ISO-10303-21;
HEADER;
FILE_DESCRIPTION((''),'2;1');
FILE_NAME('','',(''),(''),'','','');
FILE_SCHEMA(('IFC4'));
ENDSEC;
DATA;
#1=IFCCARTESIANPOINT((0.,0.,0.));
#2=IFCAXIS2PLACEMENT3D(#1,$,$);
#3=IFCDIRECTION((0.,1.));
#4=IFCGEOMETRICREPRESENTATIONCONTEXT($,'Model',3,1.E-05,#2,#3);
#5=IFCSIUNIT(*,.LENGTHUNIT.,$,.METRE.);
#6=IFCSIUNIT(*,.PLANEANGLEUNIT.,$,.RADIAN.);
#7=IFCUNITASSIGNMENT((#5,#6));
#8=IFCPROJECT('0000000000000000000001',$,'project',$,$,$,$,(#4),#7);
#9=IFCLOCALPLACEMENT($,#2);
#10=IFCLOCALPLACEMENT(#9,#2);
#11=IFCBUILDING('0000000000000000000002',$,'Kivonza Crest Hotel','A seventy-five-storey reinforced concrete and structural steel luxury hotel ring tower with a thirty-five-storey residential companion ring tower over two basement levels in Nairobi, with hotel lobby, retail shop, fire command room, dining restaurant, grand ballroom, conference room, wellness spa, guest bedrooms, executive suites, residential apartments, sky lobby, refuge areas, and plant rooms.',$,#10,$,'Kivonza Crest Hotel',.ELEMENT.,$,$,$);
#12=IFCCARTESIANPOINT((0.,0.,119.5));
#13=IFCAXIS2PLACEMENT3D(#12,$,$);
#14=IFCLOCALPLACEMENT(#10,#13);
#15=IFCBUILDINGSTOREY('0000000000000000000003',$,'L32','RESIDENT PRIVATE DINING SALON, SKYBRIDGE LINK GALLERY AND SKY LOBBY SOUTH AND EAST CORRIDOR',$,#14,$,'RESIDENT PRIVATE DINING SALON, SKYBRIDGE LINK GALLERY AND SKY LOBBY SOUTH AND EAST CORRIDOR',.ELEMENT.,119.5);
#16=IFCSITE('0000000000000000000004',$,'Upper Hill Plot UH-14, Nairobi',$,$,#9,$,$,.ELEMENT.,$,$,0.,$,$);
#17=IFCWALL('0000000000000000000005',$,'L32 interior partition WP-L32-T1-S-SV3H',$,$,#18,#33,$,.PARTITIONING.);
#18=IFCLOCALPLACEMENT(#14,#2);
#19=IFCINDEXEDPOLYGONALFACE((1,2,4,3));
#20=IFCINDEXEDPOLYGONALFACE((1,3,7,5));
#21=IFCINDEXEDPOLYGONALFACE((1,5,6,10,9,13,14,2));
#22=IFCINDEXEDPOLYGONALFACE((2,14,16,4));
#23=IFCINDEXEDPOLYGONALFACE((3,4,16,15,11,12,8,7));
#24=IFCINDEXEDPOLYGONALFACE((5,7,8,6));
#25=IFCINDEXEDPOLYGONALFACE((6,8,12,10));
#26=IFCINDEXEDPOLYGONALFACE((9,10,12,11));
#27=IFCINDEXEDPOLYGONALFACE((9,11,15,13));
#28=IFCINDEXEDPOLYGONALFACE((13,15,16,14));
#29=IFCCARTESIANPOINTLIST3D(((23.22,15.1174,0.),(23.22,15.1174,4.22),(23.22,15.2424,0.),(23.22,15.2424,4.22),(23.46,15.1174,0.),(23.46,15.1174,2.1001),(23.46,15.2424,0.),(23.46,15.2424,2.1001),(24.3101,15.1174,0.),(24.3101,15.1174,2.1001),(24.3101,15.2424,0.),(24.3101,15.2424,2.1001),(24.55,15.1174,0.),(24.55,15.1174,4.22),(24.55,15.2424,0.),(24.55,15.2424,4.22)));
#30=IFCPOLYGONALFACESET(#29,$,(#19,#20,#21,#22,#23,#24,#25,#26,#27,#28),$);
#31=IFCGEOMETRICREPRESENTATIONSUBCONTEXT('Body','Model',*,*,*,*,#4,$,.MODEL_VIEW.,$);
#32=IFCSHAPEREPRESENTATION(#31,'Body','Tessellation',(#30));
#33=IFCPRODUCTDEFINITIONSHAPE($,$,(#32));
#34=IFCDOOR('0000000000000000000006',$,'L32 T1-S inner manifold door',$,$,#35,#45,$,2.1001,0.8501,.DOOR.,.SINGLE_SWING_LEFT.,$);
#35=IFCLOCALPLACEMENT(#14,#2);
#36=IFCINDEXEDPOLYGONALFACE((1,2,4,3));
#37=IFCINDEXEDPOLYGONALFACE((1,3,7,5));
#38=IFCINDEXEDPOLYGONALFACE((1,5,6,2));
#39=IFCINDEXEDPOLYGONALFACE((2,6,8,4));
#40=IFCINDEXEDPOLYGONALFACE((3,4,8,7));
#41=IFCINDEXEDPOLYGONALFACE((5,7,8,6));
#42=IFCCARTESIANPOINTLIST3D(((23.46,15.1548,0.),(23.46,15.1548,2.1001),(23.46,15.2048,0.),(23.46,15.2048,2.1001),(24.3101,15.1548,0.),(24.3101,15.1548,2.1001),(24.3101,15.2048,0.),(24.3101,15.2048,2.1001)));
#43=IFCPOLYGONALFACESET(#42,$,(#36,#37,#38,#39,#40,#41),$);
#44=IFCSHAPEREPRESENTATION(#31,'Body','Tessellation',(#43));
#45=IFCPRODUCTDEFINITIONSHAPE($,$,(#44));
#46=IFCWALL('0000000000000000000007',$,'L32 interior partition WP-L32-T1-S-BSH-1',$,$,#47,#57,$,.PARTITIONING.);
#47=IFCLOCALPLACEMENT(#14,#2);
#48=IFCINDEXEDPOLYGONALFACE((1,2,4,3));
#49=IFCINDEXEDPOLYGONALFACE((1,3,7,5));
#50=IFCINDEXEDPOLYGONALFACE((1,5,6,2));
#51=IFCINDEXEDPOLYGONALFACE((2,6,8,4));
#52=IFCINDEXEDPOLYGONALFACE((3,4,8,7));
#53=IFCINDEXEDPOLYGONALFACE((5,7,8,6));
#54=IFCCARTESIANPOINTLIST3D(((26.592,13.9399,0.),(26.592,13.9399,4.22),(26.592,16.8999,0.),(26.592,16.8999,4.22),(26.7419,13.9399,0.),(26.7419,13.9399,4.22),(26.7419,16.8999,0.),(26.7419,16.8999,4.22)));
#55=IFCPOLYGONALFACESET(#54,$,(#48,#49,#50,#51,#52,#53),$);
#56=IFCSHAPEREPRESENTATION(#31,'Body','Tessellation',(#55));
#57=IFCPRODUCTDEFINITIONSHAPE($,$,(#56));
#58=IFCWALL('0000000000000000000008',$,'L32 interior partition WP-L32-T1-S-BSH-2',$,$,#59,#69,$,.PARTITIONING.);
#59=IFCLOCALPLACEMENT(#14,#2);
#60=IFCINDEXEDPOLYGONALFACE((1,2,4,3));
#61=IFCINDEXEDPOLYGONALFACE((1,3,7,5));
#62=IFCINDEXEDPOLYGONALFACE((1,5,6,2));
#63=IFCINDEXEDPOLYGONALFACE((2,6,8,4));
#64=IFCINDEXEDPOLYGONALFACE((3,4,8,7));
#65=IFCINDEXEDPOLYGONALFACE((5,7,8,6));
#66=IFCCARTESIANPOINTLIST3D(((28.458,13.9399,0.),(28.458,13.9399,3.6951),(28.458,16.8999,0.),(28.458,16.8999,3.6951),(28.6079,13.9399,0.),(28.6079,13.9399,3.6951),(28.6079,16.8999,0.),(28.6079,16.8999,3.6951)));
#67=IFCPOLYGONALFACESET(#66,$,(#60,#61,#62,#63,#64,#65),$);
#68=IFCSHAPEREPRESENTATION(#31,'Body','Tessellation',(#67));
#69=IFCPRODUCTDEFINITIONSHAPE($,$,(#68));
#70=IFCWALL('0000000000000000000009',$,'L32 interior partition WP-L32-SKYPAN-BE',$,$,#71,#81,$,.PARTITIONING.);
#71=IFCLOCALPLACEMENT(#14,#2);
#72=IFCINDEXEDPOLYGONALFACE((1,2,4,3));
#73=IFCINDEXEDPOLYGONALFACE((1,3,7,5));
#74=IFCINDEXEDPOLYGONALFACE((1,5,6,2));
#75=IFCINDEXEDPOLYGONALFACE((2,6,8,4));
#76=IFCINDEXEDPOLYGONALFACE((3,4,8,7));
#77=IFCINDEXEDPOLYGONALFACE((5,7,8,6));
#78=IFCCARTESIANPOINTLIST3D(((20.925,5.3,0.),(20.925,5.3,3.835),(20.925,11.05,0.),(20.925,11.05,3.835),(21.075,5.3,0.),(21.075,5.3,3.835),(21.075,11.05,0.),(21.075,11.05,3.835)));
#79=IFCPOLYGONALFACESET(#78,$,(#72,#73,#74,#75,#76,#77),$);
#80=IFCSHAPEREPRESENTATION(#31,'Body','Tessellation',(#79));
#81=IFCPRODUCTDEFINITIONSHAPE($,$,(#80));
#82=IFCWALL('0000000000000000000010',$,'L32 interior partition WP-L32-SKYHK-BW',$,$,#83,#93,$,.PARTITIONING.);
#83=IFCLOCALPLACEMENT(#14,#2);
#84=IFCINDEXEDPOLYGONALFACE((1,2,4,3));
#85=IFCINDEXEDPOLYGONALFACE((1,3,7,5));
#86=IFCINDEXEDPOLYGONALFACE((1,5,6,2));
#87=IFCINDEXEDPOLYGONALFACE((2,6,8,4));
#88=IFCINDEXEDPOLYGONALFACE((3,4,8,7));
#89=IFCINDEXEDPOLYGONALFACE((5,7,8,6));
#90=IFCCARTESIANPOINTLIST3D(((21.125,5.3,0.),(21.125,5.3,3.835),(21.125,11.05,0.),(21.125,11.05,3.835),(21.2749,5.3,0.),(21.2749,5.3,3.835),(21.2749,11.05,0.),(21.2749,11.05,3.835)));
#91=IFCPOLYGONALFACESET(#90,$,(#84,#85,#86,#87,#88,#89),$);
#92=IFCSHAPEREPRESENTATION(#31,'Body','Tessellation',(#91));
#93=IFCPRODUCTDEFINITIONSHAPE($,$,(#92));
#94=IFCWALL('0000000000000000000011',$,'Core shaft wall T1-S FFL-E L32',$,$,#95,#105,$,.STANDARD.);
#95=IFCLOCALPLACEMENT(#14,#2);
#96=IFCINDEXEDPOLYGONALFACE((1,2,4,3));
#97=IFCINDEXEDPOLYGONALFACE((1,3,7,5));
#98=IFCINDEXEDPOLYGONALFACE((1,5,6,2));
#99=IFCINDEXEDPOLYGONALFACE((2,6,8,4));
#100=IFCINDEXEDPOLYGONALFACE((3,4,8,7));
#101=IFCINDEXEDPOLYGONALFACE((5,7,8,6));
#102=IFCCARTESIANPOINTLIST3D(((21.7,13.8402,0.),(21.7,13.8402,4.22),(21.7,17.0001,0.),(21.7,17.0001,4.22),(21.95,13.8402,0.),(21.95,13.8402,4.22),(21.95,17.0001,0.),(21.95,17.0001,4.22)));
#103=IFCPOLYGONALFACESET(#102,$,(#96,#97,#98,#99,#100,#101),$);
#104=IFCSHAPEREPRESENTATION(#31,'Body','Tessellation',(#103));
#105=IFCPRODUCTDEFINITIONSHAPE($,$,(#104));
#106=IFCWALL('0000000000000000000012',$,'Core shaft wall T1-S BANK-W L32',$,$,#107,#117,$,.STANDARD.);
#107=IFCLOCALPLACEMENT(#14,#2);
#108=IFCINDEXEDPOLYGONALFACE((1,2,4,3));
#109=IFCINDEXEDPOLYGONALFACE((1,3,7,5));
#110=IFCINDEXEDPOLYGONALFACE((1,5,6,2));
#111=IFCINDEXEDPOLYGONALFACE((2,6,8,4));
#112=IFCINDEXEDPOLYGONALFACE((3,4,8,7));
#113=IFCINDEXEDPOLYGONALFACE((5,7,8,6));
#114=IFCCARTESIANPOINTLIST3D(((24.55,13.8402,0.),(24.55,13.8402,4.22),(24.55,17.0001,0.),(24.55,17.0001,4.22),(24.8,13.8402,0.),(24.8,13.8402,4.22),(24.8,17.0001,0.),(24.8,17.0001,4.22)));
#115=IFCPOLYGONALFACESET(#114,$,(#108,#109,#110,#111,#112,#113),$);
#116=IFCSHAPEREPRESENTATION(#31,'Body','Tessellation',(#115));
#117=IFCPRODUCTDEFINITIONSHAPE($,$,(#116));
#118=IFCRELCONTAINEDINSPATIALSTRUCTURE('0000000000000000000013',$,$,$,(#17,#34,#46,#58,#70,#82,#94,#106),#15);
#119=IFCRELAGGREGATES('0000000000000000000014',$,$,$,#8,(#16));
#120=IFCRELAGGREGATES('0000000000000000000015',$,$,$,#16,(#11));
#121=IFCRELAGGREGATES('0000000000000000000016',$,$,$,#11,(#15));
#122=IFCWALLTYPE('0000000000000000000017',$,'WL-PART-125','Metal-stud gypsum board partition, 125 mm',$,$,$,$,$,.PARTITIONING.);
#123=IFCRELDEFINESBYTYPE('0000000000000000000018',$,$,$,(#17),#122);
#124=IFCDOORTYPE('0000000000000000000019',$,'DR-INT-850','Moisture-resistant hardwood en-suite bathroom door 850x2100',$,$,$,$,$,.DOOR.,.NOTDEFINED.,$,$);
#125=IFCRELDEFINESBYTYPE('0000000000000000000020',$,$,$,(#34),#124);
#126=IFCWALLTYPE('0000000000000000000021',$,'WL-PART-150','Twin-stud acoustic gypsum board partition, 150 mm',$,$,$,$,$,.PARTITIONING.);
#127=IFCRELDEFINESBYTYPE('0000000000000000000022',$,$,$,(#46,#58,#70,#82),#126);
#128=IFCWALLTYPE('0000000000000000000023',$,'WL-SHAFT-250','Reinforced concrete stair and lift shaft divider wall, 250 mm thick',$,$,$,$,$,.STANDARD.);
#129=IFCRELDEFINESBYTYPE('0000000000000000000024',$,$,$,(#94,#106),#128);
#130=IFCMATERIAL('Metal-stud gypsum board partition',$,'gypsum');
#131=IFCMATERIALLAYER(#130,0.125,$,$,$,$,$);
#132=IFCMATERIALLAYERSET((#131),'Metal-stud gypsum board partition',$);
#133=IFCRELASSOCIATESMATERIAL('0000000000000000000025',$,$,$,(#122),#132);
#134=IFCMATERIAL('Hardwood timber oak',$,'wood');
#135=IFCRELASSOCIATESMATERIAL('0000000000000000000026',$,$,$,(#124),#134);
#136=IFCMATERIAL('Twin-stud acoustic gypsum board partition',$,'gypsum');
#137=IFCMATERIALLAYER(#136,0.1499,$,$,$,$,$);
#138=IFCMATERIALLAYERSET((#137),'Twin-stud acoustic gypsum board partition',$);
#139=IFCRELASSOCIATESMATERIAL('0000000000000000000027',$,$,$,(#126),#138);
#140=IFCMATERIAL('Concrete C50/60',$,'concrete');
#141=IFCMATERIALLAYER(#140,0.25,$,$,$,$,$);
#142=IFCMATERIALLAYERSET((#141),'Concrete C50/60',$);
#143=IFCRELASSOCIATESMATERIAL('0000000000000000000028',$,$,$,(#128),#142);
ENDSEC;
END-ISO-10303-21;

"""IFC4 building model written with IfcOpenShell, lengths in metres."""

from ifc_helpers import new_model, si_unit, direction, frame, frame_2d, origin, place, context, subcontext, project, spatial, rectangle, extrude, material, layer, layer_set, type_object, element, fill, save


model = new_model("IFC4")

# Units and contexts
model_context = context("Model", 3, precision=1e-05, world=origin(), true_north=direction((0.0, 1.0)))
body_context = subcontext(model_context, "Body", "Model", "MODEL_VIEW")
ifc_project = project(units=[si_unit("LENGTHUNIT", "METRE"), si_unit("PLANEANGLEUNIT", "RADIAN")], contexts=[model_context])

# Site, building, storey
site_placement = place(None, origin())
site = spatial("IfcSite", under=ifc_project, at=site_placement, Name="Upper Hill Plot UH-14, Nairobi", CompositionType="ELEMENT", RefElevation=0.0)
building_placement = place(site_placement, origin())
building = spatial("IfcBuilding", under=site, at=building_placement, Name="Kivonza Crest Hotel", Description="A seventy-five-storey reinforced concrete and structural steel luxury hotel ring tower with a thirty-five-storey residential companion ring tower over two basement levels in Nairobi, with hotel lobby, retail shop, fire command room, dining restaurant, grand ballroom, conference room, wellness spa, guest bedrooms, executive suites, residential apartments, sky lobby, refuge areas, and plant rooms.", LongName="Kivonza Crest Hotel", CompositionType="ELEMENT")
storey_placement = place(building_placement, frame((0.0, 0.0, 119.5)))
storey = spatial("IfcBuildingStorey", under=building, at=storey_placement, Name="L32", Description="RESIDENT PRIVATE DINING SALON, SKYBRIDGE LINK GALLERY AND SKY LOBBY SOUTH AND EAST CORRIDOR", LongName="RESIDENT PRIVATE DINING SALON, SKYBRIDGE LINK GALLERY AND SKY LOBBY SOUTH AND EAST CORRIDOR", CompositionType="ELEMENT", Elevation=119.5)

# Shared definitions
ifc_material_1 = material(Name="Concrete C50/60", Category="concrete")

# Shared definitions
ifc_material_2 = material(Name="Hardwood timber oak", Category="wood")

# Wall, opening, door
ifc_material_3 = material(Name="Metal-stud gypsum board partition", Category="gypsum")
ifc_layer_1 = layer(ifc_material_3, 0.125)
ifc_layer_set_1 = layer_set([ifc_layer_1], Name="Metal-stud gypsum board partition")
wall_type_1 = type_object("IfcWallType", Name="WL-PART-125", Description="Metal-stud gypsum board partition, 125 mm", PredefinedType="PARTITIONING", material=ifc_layer_set_1)
wall_1_placement = place(storey_placement, frame((23.22, 15.1799, 0.0), z_axis=(0.0, 0.0, 1.0), x_axis=(1.0, 0.0, 0.0)))
wall_1 = element("IfcWall", 1, at=wall_1_placement, inside=storey, type_object=wall_type_1, Name="L32 interior partition WP-L32-T1-S-SV3H", PredefinedType="PARTITIONING", context=body_context, shape_type="SweptSolid", body=[
    extrude(rectangle(XDim=1.3301, YDim=0.125, at=frame_2d((0.665, 0.0))), origin(), (0.0, 0.0, 1.0), 4.22),
])
opening_1_placement = place(wall_1_placement, frame((0.24, 0.0, 0.0)))
opening_1 = element("IfcOpeningElement", 2, at=opening_1_placement, cuts=wall_1, PredefinedType="OPENING", context=body_context, shape_type="SweptSolid", body=[
    extrude(rectangle(XDim=0.8501, YDim=2.1001, at=frame_2d((0.425, 1.05))), frame((0.0, 0.0725, 0.0), z_axis=(0.0, -1.0, 0.0), x_axis=(1.0, 0.0, 0.0)), (0.0, 0.0, 1.0), 0.145),
])
door_type_1 = type_object("IfcDoorType", Name="DR-INT-850", Description="Moisture-resistant hardwood en-suite bathroom door 850x2100", OperationType="NOTDEFINED", PredefinedType="DOOR", material=ifc_material_2)
door_1_placement = place(opening_1_placement, origin())
door_1 = element("IfcDoor", 3, at=door_1_placement, inside=storey, type_object=door_type_1, Name="L32 T1-S inner manifold door", OperationType="SINGLE_SWING_LEFT", OverallHeight=2.1001, OverallWidth=0.8501, PredefinedType="DOOR", context=body_context, shape_type="SweptSolid", body=[
    extrude(rectangle(XDim=0.8501, YDim=2.1001, at=frame_2d((0.425, 1.05))), frame((0.0, 0.0249, 0.0), z_axis=(0.0, -1.0, 0.0), x_axis=(1.0, 0.0, 0.0)), (0.0, 0.0, 1.0), 0.05),
])
fill(opening_1, door_1)

# Walls
ifc_material_4 = material(Name="Twin-stud acoustic gypsum board partition", Category="gypsum")
ifc_layer_2 = layer(ifc_material_4, 0.1499)
ifc_layer_set_2 = layer_set([ifc_layer_2], Name="Twin-stud acoustic gypsum board partition")
wall_type_2 = type_object("IfcWallType", Name="WL-PART-150", Description="Twin-stud acoustic gypsum board partition, 150 mm", PredefinedType="PARTITIONING", material=ifc_layer_set_2)
wall_2_placement = place(storey_placement, frame((26.667, 13.9399, 0.0), z_axis=(0.0, 0.0, 1.0), x_axis=(0.0, 1.0, 0.0)))
element("IfcWall", 4, at=wall_2_placement, inside=storey, type_object=wall_type_2, Name="L32 interior partition WP-L32-T1-S-BSH-1", PredefinedType="PARTITIONING", context=body_context, shape_type="SweptSolid", body=[
    extrude(rectangle(XDim=2.96, YDim=0.1499, at=frame_2d((1.48, 0.0))), origin(), (0.0, 0.0, 1.0), 4.22),
])
wall_3_placement = place(storey_placement, frame((28.533, 13.9399, 0.0), z_axis=(0.0, 0.0, 1.0), x_axis=(0.0, 1.0, 0.0)))
element("IfcWall", 5, at=wall_3_placement, inside=storey, type_object=wall_type_2, Name="L32 interior partition WP-L32-T1-S-BSH-2", PredefinedType="PARTITIONING", context=body_context, shape_type="SweptSolid", body=[
    extrude(rectangle(XDim=2.96, YDim=0.1499, at=frame_2d((1.48, 0.0))), origin(), (0.0, 0.0, 1.0), 3.6951),
])
for number, where, z_axis, x_axis, name in (
    (6, (21.0, 5.3, 0.0), (0.0, 0.0, 1.0), (0.0, 1.0, 0.0), "L32 interior partition WP-L32-SKYPAN-BE"),
    (7, (21.2, 5.3, 0.0), (0.0, 0.0, 1.0), (0.0, 1.0, 0.0), "L32 interior partition WP-L32-SKYHK-BW"),
):
    element("IfcWall", number, at=place(storey_placement, frame(where, z_axis=z_axis, x_axis=x_axis)), inside=storey, type_object=wall_type_2, Name=name, PredefinedType="PARTITIONING", context=body_context, shape_type="SweptSolid", body=[
        extrude(rectangle(XDim=5.75, YDim=0.1499, at=frame_2d((2.875, 0.0))), origin(), (0.0, 0.0, 1.0), 3.835),
    ])

# Shared definitions
ifc_layer_3 = layer(ifc_material_1, 0.25)
ifc_layer_set_3 = layer_set([ifc_layer_3], Name="Concrete C50/60")
wall_type_3 = type_object("IfcWallType", Name="WL-SHAFT-250", Description="Reinforced concrete stair and lift shaft divider wall, 250 mm thick", PredefinedType="STANDARD", material=ifc_layer_set_3)

# Walls
for number, where, z_axis, x_axis, name in (
    (8, (21.825, 13.8401, 0.0), (0.0, 0.0, 1.0), (0.0, 1.0, 0.0), "Core shaft wall T1-S FFL-E L32"),
    (9, (24.675, 13.8401, 0.0), (0.0, 0.0, 1.0), (0.0, 1.0, 0.0), "Core shaft wall T1-S BANK-W L32"),
):
    element("IfcWall", number, at=place(storey_placement, frame(where, z_axis=z_axis, x_axis=x_axis)), inside=storey, type_object=wall_type_3, Name=name, PredefinedType="STANDARD", context=body_context, shape_type="SweptSolid", body=[
        extrude(rectangle(XDim=3.1599, YDim=0.25, at=frame_2d((1.5801, 0.0))), origin(), (0.0, 0.0, 1.0), 4.22),
    ])

save(model, "model.ifc")
